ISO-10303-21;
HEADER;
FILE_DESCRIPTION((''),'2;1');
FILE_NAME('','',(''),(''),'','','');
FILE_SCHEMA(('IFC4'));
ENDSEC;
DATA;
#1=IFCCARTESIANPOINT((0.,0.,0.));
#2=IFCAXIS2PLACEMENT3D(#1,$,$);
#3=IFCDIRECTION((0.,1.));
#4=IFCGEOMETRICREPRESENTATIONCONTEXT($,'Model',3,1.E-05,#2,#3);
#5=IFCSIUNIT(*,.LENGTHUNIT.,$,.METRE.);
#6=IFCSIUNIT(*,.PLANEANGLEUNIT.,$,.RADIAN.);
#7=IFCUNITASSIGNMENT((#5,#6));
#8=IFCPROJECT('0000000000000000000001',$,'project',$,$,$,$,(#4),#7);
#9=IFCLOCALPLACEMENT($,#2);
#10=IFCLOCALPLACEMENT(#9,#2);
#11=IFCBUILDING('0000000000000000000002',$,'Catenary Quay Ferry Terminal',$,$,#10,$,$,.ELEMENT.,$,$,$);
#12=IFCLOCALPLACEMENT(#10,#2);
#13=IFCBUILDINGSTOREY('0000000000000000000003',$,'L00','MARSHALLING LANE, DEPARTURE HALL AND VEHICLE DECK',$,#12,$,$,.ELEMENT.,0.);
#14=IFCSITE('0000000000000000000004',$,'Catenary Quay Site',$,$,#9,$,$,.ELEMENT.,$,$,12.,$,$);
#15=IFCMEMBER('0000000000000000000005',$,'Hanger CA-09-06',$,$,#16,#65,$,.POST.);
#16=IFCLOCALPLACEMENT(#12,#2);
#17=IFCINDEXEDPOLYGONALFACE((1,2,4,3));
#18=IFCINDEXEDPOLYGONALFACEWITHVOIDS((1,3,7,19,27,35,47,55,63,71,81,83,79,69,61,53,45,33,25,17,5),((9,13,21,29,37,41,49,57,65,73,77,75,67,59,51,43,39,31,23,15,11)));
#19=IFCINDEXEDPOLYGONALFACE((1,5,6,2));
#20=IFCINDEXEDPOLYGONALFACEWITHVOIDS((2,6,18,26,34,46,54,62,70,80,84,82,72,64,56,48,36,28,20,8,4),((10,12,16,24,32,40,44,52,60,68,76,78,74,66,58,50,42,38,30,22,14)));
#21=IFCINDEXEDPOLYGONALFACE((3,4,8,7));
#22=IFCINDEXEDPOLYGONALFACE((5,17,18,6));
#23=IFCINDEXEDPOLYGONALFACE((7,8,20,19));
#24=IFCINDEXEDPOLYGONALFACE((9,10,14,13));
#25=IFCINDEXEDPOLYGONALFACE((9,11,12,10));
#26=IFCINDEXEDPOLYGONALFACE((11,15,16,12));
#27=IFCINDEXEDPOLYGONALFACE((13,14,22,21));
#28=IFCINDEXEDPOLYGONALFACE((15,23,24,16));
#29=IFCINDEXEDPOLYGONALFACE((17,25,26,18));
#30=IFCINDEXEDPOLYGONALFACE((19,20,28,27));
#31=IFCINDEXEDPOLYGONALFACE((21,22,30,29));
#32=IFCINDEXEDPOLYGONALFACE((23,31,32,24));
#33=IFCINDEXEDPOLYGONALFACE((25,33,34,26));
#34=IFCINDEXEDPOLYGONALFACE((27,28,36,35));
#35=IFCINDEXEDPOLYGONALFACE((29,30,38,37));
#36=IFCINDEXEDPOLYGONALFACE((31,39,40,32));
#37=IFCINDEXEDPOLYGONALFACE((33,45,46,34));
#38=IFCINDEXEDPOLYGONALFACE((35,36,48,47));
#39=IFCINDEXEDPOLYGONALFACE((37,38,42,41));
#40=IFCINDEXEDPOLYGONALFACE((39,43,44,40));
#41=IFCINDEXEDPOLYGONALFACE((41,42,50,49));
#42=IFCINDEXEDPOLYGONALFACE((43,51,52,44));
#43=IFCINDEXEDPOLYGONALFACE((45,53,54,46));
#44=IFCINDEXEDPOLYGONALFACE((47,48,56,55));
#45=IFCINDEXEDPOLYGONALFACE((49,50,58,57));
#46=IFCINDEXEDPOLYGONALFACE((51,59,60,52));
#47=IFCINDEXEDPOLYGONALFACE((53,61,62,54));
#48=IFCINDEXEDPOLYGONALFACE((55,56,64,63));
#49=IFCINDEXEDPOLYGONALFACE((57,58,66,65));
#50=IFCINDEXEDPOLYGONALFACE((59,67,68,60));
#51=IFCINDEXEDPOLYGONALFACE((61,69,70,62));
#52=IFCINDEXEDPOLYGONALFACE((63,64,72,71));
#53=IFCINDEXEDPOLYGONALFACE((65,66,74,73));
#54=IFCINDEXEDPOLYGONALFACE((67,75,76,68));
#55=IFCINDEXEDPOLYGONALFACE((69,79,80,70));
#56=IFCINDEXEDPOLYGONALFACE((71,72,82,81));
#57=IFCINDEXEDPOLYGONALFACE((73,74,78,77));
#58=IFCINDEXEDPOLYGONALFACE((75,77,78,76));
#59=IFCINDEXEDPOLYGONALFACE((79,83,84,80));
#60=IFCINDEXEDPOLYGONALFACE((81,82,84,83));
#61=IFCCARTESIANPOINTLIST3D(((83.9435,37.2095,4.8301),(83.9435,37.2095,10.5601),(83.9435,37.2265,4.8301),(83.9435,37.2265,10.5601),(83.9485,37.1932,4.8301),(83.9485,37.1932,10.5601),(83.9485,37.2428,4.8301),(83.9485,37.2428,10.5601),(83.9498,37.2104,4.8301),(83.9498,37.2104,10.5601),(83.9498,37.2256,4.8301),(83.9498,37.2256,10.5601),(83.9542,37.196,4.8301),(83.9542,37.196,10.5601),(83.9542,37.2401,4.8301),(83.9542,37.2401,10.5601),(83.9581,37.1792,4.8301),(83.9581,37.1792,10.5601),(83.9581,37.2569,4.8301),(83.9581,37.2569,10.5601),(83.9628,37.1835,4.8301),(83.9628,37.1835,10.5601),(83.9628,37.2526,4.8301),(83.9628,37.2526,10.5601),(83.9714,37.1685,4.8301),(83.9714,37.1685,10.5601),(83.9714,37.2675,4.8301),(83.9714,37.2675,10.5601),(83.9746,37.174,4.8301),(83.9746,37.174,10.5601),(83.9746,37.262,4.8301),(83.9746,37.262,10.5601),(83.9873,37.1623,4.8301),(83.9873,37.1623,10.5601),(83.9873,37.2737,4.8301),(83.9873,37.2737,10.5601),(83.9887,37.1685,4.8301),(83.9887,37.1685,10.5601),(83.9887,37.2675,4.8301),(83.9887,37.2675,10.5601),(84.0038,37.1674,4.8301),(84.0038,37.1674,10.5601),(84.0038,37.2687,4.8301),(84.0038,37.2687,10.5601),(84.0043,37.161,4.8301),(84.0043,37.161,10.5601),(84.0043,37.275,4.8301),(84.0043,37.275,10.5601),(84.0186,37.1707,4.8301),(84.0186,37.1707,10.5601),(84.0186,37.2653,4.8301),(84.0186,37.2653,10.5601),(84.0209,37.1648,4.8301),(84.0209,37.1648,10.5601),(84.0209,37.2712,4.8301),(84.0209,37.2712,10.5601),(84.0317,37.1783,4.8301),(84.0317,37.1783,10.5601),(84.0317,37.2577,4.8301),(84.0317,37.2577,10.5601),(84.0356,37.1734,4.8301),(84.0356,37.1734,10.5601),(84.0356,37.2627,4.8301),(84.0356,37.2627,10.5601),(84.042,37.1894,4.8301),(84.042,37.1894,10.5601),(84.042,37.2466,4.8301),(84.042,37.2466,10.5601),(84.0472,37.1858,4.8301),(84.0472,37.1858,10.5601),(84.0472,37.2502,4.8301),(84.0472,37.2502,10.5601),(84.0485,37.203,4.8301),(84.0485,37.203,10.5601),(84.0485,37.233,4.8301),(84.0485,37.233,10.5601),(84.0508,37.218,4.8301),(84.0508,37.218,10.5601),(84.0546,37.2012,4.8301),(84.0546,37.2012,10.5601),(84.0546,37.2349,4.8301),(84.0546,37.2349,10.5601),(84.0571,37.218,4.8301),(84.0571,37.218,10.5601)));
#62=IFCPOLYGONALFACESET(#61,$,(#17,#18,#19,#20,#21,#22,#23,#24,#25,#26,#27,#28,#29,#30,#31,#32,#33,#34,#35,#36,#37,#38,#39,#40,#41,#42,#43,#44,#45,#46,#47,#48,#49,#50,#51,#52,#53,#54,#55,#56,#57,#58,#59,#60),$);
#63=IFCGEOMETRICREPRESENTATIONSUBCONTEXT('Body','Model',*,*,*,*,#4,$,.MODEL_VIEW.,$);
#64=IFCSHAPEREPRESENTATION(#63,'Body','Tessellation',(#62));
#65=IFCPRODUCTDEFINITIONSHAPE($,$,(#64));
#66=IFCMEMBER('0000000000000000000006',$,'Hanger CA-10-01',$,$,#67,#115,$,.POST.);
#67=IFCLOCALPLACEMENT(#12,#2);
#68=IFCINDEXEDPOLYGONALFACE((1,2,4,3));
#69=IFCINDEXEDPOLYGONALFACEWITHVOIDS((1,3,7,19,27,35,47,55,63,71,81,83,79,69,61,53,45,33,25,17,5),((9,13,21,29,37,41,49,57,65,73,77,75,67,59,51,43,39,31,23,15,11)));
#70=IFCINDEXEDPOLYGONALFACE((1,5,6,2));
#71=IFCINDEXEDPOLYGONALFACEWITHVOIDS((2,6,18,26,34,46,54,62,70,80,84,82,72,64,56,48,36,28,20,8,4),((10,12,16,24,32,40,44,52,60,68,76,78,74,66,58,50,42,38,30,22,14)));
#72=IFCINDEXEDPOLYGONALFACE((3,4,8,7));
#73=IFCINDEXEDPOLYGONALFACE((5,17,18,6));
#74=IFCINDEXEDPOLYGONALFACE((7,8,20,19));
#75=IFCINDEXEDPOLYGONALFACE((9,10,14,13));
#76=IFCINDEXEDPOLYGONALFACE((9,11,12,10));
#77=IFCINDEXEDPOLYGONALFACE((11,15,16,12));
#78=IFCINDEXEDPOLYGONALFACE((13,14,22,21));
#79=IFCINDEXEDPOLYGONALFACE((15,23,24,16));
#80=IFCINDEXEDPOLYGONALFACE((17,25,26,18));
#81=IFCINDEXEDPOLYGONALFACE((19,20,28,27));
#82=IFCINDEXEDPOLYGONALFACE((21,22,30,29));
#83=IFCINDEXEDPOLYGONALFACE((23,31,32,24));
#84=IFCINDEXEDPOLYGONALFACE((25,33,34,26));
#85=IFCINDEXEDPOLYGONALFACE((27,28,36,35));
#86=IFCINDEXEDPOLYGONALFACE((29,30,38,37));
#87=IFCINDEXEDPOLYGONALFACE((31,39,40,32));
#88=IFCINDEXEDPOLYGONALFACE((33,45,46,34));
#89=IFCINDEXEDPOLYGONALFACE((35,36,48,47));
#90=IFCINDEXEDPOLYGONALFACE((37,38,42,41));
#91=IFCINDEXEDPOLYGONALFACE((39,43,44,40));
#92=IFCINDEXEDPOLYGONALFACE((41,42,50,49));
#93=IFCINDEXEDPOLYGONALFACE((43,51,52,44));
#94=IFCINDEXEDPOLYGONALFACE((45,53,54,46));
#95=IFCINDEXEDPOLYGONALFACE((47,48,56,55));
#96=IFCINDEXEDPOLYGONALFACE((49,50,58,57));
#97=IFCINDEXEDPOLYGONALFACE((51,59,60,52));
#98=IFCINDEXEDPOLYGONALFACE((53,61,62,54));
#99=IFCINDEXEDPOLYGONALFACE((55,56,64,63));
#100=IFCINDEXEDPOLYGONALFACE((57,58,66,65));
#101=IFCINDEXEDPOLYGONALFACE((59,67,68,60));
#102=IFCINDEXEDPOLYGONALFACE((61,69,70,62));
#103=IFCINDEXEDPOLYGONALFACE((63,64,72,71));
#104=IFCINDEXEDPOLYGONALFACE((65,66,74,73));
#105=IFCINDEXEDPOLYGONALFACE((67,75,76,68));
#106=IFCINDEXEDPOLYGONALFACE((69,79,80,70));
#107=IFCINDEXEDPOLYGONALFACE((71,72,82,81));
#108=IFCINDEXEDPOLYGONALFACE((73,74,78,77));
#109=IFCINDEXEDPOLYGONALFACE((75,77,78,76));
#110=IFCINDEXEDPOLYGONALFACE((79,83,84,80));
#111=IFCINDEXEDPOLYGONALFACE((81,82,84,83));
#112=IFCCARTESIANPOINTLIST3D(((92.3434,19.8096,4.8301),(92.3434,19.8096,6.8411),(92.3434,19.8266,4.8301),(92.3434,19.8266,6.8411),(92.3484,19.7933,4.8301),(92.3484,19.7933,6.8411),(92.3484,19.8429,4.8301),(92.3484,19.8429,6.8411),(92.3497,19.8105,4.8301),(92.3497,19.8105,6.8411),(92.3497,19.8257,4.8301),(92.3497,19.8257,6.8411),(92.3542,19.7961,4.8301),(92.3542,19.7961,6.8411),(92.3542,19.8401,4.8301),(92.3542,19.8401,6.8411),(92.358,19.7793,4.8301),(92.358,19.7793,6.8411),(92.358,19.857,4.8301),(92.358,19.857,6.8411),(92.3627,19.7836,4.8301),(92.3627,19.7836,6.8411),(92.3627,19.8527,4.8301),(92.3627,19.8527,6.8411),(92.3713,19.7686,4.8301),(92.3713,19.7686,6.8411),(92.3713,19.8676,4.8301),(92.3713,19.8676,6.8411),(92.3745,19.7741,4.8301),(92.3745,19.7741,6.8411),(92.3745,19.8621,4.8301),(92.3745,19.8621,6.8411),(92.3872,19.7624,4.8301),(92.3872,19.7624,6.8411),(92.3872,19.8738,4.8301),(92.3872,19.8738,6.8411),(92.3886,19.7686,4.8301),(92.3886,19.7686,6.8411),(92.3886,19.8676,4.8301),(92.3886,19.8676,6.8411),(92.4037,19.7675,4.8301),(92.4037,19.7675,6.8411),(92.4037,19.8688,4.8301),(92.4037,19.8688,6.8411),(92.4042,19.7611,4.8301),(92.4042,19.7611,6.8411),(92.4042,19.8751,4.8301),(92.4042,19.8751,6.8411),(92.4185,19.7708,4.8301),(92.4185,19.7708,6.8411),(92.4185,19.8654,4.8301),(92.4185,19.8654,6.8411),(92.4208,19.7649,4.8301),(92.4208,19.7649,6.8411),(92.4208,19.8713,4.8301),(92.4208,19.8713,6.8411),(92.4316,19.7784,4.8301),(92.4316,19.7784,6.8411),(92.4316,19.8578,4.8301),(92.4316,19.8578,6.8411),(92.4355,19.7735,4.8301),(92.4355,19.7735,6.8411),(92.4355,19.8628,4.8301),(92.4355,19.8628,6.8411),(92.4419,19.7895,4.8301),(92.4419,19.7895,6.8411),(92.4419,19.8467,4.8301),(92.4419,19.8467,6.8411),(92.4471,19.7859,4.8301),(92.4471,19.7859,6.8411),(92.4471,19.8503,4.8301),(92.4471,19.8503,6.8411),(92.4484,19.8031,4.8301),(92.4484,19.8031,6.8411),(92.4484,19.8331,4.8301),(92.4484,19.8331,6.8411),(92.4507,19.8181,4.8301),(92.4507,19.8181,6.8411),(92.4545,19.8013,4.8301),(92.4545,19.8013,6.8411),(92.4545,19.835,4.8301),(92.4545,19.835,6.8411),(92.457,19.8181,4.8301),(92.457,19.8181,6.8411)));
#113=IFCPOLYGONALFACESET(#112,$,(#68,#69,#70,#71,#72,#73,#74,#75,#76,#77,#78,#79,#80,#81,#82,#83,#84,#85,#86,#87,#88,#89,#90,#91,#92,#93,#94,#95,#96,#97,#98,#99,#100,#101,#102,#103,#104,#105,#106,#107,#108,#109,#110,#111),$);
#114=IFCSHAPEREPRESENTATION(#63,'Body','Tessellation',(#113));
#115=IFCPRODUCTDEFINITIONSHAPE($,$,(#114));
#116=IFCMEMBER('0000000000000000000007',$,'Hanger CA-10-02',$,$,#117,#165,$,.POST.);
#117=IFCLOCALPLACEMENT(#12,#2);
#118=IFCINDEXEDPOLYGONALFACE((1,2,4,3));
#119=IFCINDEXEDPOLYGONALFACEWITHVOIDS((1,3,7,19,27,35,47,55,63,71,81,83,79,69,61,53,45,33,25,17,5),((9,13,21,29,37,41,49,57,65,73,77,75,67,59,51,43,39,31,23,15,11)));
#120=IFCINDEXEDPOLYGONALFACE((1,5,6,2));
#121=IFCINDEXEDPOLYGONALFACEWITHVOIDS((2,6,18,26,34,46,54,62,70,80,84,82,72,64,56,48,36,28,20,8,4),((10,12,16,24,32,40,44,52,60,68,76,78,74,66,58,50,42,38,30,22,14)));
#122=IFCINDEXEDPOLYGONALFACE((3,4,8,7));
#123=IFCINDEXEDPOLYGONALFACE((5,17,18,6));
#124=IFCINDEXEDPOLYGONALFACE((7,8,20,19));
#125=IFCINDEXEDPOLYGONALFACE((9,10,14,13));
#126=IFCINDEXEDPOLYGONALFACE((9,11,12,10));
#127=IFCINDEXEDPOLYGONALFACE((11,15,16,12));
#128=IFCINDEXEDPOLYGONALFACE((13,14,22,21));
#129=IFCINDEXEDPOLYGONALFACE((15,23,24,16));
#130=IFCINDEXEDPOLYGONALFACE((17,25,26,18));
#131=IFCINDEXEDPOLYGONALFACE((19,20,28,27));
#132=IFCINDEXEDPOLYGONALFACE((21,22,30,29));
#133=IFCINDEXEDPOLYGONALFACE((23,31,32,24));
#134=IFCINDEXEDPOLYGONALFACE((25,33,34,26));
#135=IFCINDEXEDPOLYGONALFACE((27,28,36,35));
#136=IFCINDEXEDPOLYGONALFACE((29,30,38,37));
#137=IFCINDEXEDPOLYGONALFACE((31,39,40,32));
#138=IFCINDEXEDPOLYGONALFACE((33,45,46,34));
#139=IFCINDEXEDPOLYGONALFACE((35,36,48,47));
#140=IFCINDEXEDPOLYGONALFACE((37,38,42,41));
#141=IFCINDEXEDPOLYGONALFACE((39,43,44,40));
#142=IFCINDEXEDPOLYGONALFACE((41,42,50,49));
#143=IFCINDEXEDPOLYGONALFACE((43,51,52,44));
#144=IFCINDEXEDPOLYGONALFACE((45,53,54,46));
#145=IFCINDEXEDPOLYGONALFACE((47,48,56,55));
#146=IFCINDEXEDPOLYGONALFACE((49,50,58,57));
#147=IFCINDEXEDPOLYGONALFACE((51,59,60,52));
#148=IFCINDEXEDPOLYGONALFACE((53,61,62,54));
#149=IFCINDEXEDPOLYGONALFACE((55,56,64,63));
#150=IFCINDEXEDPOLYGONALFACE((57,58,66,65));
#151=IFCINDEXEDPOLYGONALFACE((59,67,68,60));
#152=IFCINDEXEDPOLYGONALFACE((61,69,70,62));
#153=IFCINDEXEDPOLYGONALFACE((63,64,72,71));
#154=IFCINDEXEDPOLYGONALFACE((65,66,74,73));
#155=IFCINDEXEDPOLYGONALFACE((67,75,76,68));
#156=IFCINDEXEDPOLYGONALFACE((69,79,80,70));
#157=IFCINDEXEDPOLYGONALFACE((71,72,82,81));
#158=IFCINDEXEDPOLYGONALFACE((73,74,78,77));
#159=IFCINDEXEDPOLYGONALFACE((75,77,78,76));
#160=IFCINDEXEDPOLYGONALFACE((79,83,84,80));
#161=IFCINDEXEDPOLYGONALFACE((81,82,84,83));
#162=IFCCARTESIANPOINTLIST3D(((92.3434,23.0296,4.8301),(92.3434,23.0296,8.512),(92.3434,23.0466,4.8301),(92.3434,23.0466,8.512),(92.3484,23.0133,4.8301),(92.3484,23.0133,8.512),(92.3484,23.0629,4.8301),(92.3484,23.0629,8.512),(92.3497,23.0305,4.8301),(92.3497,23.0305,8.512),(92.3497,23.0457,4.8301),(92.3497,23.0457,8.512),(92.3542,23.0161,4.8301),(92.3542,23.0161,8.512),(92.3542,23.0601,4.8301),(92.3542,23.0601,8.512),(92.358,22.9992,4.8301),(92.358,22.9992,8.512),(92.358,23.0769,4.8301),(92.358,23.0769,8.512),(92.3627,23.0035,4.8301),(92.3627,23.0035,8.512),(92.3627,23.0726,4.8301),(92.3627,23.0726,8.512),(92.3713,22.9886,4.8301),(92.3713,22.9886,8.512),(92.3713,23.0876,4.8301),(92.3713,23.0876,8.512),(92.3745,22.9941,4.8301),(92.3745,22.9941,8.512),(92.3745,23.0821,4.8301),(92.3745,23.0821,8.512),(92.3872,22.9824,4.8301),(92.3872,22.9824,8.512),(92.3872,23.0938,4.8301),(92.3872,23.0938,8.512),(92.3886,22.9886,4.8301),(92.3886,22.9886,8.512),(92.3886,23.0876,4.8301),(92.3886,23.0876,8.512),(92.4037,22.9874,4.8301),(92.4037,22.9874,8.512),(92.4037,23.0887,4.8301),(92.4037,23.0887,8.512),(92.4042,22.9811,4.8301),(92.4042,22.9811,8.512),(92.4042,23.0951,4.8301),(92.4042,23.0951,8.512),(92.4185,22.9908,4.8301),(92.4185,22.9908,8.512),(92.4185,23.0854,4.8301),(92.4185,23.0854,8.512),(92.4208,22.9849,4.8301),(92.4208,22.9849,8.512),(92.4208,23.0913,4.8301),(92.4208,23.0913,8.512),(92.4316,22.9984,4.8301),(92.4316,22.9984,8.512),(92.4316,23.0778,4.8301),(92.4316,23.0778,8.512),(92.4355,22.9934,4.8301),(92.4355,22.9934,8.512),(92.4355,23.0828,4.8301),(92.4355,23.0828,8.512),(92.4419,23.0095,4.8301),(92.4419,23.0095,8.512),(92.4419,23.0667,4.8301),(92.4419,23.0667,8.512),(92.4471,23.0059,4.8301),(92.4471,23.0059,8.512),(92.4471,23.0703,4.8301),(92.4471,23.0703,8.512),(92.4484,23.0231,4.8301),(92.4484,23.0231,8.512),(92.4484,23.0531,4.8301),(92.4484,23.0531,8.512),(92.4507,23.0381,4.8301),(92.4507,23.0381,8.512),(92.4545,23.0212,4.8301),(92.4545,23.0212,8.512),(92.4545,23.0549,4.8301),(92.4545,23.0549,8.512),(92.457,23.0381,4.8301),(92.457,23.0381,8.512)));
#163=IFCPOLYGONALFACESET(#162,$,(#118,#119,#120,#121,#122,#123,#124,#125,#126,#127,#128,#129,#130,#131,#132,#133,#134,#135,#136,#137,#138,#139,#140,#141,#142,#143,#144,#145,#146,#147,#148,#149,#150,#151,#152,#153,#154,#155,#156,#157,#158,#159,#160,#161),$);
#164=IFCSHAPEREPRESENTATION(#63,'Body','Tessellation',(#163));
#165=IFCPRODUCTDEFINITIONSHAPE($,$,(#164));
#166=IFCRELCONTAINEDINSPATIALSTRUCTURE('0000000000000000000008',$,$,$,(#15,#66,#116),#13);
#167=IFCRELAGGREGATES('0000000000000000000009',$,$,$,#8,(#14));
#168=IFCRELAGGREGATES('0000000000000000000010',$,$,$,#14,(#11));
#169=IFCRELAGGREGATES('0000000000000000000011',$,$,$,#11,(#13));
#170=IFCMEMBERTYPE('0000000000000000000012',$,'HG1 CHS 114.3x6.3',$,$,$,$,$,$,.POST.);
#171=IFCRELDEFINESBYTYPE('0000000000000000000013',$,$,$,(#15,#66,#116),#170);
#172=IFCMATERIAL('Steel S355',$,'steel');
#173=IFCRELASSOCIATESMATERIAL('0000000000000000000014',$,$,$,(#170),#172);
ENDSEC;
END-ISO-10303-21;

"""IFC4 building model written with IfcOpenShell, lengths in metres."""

from ifc_helpers import new_model, si_unit, direction, frame, origin, origin_2d, place, context, subcontext, project, spatial, hollow_circle, extrude, material, material_profile, profile_set, type_object, element, save


model = new_model("IFC4")

# Units and contexts
model_context = context("Model", 3, precision=1e-05, world=origin(), true_north=direction((0.0, 1.0)))
body_context = subcontext(model_context, "Body", "Model", "MODEL_VIEW")
ifc_project = project(units=[si_unit("LENGTHUNIT", "METRE"), si_unit("PLANEANGLEUNIT", "RADIAN")], contexts=[model_context])

# Site, building, storey
site_placement = place(None, origin())
site = spatial("IfcSite", under=ifc_project, at=site_placement, Name="Catenary Quay Site", CompositionType="ELEMENT", RefElevation=12.0)
building_placement = place(site_placement, origin())
building = spatial("IfcBuilding", under=site, at=building_placement, Name="Catenary Quay Ferry Terminal", CompositionType="ELEMENT")
storey_placement = place(building_placement, origin())
storey = spatial("IfcBuildingStorey", under=building, at=storey_placement, Name="L00", Description="MARSHALLING LANE, DEPARTURE HALL AND VEHICLE DECK", CompositionType="ELEMENT", Elevation=0.0)

# Members
ifc_material_1 = material(Name="Steel S355", Category="steel")
ifc_material_profile_1 = material_profile(ifc_material_1, hollow_circle(Radius=0.0571, WallThickness=0.0063, at=origin_2d()), Name="CHS 114.3x6.3")
ifc_profile_set_1 = profile_set([ifc_material_profile_1], Name="Steel S355")
member_type_1 = type_object("IfcMemberType", Name="HG1 CHS 114.3x6.3", PredefinedType="POST", material=ifc_profile_set_1)
member_1_placement = place(storey_placement, frame((84.0, 37.218, 4.8301), z_axis=(0.0, 0.0, 1.0), x_axis=(1.0, 0.0, 0.0)))
element("IfcMember", 1, at=member_1_placement, inside=storey, type_object=member_type_1, Name="Hanger CA-09-06", PredefinedType="POST", context=body_context, shape_type="SweptSolid", body=[
    extrude(hollow_circle(Radius=0.0571, WallThickness=0.0063, at=origin_2d()), origin(), (0.0, 0.0, 1.0), 5.73),
])
member_2_placement = place(storey_placement, frame((92.3999, 19.8181, 4.8301), z_axis=(0.0, 0.0, 1.0), x_axis=(1.0, 0.0, 0.0)))
element("IfcMember", 2, at=member_2_placement, inside=storey, type_object=member_type_1, Name="Hanger CA-10-01", PredefinedType="POST", context=body_context, shape_type="SweptSolid", body=[
    extrude(hollow_circle(Radius=0.0571, WallThickness=0.0063, at=origin_2d()), origin(), (0.0, 0.0, 1.0), 2.011),
])
member_3_placement = place(storey_placement, frame((92.3999, 23.0381, 4.8301), z_axis=(0.0, 0.0, 1.0), x_axis=(1.0, 0.0, 0.0)))
element("IfcMember", 3, at=member_3_placement, inside=storey, type_object=member_type_1, Name="Hanger CA-10-02", PredefinedType="POST", context=body_context, shape_type="SweptSolid", body=[
    extrude(hollow_circle(Radius=0.0571, WallThickness=0.0063, at=origin_2d()), origin(), (0.0, 0.0, 1.0), 3.6819),
])

save(model, "model.ifc")
